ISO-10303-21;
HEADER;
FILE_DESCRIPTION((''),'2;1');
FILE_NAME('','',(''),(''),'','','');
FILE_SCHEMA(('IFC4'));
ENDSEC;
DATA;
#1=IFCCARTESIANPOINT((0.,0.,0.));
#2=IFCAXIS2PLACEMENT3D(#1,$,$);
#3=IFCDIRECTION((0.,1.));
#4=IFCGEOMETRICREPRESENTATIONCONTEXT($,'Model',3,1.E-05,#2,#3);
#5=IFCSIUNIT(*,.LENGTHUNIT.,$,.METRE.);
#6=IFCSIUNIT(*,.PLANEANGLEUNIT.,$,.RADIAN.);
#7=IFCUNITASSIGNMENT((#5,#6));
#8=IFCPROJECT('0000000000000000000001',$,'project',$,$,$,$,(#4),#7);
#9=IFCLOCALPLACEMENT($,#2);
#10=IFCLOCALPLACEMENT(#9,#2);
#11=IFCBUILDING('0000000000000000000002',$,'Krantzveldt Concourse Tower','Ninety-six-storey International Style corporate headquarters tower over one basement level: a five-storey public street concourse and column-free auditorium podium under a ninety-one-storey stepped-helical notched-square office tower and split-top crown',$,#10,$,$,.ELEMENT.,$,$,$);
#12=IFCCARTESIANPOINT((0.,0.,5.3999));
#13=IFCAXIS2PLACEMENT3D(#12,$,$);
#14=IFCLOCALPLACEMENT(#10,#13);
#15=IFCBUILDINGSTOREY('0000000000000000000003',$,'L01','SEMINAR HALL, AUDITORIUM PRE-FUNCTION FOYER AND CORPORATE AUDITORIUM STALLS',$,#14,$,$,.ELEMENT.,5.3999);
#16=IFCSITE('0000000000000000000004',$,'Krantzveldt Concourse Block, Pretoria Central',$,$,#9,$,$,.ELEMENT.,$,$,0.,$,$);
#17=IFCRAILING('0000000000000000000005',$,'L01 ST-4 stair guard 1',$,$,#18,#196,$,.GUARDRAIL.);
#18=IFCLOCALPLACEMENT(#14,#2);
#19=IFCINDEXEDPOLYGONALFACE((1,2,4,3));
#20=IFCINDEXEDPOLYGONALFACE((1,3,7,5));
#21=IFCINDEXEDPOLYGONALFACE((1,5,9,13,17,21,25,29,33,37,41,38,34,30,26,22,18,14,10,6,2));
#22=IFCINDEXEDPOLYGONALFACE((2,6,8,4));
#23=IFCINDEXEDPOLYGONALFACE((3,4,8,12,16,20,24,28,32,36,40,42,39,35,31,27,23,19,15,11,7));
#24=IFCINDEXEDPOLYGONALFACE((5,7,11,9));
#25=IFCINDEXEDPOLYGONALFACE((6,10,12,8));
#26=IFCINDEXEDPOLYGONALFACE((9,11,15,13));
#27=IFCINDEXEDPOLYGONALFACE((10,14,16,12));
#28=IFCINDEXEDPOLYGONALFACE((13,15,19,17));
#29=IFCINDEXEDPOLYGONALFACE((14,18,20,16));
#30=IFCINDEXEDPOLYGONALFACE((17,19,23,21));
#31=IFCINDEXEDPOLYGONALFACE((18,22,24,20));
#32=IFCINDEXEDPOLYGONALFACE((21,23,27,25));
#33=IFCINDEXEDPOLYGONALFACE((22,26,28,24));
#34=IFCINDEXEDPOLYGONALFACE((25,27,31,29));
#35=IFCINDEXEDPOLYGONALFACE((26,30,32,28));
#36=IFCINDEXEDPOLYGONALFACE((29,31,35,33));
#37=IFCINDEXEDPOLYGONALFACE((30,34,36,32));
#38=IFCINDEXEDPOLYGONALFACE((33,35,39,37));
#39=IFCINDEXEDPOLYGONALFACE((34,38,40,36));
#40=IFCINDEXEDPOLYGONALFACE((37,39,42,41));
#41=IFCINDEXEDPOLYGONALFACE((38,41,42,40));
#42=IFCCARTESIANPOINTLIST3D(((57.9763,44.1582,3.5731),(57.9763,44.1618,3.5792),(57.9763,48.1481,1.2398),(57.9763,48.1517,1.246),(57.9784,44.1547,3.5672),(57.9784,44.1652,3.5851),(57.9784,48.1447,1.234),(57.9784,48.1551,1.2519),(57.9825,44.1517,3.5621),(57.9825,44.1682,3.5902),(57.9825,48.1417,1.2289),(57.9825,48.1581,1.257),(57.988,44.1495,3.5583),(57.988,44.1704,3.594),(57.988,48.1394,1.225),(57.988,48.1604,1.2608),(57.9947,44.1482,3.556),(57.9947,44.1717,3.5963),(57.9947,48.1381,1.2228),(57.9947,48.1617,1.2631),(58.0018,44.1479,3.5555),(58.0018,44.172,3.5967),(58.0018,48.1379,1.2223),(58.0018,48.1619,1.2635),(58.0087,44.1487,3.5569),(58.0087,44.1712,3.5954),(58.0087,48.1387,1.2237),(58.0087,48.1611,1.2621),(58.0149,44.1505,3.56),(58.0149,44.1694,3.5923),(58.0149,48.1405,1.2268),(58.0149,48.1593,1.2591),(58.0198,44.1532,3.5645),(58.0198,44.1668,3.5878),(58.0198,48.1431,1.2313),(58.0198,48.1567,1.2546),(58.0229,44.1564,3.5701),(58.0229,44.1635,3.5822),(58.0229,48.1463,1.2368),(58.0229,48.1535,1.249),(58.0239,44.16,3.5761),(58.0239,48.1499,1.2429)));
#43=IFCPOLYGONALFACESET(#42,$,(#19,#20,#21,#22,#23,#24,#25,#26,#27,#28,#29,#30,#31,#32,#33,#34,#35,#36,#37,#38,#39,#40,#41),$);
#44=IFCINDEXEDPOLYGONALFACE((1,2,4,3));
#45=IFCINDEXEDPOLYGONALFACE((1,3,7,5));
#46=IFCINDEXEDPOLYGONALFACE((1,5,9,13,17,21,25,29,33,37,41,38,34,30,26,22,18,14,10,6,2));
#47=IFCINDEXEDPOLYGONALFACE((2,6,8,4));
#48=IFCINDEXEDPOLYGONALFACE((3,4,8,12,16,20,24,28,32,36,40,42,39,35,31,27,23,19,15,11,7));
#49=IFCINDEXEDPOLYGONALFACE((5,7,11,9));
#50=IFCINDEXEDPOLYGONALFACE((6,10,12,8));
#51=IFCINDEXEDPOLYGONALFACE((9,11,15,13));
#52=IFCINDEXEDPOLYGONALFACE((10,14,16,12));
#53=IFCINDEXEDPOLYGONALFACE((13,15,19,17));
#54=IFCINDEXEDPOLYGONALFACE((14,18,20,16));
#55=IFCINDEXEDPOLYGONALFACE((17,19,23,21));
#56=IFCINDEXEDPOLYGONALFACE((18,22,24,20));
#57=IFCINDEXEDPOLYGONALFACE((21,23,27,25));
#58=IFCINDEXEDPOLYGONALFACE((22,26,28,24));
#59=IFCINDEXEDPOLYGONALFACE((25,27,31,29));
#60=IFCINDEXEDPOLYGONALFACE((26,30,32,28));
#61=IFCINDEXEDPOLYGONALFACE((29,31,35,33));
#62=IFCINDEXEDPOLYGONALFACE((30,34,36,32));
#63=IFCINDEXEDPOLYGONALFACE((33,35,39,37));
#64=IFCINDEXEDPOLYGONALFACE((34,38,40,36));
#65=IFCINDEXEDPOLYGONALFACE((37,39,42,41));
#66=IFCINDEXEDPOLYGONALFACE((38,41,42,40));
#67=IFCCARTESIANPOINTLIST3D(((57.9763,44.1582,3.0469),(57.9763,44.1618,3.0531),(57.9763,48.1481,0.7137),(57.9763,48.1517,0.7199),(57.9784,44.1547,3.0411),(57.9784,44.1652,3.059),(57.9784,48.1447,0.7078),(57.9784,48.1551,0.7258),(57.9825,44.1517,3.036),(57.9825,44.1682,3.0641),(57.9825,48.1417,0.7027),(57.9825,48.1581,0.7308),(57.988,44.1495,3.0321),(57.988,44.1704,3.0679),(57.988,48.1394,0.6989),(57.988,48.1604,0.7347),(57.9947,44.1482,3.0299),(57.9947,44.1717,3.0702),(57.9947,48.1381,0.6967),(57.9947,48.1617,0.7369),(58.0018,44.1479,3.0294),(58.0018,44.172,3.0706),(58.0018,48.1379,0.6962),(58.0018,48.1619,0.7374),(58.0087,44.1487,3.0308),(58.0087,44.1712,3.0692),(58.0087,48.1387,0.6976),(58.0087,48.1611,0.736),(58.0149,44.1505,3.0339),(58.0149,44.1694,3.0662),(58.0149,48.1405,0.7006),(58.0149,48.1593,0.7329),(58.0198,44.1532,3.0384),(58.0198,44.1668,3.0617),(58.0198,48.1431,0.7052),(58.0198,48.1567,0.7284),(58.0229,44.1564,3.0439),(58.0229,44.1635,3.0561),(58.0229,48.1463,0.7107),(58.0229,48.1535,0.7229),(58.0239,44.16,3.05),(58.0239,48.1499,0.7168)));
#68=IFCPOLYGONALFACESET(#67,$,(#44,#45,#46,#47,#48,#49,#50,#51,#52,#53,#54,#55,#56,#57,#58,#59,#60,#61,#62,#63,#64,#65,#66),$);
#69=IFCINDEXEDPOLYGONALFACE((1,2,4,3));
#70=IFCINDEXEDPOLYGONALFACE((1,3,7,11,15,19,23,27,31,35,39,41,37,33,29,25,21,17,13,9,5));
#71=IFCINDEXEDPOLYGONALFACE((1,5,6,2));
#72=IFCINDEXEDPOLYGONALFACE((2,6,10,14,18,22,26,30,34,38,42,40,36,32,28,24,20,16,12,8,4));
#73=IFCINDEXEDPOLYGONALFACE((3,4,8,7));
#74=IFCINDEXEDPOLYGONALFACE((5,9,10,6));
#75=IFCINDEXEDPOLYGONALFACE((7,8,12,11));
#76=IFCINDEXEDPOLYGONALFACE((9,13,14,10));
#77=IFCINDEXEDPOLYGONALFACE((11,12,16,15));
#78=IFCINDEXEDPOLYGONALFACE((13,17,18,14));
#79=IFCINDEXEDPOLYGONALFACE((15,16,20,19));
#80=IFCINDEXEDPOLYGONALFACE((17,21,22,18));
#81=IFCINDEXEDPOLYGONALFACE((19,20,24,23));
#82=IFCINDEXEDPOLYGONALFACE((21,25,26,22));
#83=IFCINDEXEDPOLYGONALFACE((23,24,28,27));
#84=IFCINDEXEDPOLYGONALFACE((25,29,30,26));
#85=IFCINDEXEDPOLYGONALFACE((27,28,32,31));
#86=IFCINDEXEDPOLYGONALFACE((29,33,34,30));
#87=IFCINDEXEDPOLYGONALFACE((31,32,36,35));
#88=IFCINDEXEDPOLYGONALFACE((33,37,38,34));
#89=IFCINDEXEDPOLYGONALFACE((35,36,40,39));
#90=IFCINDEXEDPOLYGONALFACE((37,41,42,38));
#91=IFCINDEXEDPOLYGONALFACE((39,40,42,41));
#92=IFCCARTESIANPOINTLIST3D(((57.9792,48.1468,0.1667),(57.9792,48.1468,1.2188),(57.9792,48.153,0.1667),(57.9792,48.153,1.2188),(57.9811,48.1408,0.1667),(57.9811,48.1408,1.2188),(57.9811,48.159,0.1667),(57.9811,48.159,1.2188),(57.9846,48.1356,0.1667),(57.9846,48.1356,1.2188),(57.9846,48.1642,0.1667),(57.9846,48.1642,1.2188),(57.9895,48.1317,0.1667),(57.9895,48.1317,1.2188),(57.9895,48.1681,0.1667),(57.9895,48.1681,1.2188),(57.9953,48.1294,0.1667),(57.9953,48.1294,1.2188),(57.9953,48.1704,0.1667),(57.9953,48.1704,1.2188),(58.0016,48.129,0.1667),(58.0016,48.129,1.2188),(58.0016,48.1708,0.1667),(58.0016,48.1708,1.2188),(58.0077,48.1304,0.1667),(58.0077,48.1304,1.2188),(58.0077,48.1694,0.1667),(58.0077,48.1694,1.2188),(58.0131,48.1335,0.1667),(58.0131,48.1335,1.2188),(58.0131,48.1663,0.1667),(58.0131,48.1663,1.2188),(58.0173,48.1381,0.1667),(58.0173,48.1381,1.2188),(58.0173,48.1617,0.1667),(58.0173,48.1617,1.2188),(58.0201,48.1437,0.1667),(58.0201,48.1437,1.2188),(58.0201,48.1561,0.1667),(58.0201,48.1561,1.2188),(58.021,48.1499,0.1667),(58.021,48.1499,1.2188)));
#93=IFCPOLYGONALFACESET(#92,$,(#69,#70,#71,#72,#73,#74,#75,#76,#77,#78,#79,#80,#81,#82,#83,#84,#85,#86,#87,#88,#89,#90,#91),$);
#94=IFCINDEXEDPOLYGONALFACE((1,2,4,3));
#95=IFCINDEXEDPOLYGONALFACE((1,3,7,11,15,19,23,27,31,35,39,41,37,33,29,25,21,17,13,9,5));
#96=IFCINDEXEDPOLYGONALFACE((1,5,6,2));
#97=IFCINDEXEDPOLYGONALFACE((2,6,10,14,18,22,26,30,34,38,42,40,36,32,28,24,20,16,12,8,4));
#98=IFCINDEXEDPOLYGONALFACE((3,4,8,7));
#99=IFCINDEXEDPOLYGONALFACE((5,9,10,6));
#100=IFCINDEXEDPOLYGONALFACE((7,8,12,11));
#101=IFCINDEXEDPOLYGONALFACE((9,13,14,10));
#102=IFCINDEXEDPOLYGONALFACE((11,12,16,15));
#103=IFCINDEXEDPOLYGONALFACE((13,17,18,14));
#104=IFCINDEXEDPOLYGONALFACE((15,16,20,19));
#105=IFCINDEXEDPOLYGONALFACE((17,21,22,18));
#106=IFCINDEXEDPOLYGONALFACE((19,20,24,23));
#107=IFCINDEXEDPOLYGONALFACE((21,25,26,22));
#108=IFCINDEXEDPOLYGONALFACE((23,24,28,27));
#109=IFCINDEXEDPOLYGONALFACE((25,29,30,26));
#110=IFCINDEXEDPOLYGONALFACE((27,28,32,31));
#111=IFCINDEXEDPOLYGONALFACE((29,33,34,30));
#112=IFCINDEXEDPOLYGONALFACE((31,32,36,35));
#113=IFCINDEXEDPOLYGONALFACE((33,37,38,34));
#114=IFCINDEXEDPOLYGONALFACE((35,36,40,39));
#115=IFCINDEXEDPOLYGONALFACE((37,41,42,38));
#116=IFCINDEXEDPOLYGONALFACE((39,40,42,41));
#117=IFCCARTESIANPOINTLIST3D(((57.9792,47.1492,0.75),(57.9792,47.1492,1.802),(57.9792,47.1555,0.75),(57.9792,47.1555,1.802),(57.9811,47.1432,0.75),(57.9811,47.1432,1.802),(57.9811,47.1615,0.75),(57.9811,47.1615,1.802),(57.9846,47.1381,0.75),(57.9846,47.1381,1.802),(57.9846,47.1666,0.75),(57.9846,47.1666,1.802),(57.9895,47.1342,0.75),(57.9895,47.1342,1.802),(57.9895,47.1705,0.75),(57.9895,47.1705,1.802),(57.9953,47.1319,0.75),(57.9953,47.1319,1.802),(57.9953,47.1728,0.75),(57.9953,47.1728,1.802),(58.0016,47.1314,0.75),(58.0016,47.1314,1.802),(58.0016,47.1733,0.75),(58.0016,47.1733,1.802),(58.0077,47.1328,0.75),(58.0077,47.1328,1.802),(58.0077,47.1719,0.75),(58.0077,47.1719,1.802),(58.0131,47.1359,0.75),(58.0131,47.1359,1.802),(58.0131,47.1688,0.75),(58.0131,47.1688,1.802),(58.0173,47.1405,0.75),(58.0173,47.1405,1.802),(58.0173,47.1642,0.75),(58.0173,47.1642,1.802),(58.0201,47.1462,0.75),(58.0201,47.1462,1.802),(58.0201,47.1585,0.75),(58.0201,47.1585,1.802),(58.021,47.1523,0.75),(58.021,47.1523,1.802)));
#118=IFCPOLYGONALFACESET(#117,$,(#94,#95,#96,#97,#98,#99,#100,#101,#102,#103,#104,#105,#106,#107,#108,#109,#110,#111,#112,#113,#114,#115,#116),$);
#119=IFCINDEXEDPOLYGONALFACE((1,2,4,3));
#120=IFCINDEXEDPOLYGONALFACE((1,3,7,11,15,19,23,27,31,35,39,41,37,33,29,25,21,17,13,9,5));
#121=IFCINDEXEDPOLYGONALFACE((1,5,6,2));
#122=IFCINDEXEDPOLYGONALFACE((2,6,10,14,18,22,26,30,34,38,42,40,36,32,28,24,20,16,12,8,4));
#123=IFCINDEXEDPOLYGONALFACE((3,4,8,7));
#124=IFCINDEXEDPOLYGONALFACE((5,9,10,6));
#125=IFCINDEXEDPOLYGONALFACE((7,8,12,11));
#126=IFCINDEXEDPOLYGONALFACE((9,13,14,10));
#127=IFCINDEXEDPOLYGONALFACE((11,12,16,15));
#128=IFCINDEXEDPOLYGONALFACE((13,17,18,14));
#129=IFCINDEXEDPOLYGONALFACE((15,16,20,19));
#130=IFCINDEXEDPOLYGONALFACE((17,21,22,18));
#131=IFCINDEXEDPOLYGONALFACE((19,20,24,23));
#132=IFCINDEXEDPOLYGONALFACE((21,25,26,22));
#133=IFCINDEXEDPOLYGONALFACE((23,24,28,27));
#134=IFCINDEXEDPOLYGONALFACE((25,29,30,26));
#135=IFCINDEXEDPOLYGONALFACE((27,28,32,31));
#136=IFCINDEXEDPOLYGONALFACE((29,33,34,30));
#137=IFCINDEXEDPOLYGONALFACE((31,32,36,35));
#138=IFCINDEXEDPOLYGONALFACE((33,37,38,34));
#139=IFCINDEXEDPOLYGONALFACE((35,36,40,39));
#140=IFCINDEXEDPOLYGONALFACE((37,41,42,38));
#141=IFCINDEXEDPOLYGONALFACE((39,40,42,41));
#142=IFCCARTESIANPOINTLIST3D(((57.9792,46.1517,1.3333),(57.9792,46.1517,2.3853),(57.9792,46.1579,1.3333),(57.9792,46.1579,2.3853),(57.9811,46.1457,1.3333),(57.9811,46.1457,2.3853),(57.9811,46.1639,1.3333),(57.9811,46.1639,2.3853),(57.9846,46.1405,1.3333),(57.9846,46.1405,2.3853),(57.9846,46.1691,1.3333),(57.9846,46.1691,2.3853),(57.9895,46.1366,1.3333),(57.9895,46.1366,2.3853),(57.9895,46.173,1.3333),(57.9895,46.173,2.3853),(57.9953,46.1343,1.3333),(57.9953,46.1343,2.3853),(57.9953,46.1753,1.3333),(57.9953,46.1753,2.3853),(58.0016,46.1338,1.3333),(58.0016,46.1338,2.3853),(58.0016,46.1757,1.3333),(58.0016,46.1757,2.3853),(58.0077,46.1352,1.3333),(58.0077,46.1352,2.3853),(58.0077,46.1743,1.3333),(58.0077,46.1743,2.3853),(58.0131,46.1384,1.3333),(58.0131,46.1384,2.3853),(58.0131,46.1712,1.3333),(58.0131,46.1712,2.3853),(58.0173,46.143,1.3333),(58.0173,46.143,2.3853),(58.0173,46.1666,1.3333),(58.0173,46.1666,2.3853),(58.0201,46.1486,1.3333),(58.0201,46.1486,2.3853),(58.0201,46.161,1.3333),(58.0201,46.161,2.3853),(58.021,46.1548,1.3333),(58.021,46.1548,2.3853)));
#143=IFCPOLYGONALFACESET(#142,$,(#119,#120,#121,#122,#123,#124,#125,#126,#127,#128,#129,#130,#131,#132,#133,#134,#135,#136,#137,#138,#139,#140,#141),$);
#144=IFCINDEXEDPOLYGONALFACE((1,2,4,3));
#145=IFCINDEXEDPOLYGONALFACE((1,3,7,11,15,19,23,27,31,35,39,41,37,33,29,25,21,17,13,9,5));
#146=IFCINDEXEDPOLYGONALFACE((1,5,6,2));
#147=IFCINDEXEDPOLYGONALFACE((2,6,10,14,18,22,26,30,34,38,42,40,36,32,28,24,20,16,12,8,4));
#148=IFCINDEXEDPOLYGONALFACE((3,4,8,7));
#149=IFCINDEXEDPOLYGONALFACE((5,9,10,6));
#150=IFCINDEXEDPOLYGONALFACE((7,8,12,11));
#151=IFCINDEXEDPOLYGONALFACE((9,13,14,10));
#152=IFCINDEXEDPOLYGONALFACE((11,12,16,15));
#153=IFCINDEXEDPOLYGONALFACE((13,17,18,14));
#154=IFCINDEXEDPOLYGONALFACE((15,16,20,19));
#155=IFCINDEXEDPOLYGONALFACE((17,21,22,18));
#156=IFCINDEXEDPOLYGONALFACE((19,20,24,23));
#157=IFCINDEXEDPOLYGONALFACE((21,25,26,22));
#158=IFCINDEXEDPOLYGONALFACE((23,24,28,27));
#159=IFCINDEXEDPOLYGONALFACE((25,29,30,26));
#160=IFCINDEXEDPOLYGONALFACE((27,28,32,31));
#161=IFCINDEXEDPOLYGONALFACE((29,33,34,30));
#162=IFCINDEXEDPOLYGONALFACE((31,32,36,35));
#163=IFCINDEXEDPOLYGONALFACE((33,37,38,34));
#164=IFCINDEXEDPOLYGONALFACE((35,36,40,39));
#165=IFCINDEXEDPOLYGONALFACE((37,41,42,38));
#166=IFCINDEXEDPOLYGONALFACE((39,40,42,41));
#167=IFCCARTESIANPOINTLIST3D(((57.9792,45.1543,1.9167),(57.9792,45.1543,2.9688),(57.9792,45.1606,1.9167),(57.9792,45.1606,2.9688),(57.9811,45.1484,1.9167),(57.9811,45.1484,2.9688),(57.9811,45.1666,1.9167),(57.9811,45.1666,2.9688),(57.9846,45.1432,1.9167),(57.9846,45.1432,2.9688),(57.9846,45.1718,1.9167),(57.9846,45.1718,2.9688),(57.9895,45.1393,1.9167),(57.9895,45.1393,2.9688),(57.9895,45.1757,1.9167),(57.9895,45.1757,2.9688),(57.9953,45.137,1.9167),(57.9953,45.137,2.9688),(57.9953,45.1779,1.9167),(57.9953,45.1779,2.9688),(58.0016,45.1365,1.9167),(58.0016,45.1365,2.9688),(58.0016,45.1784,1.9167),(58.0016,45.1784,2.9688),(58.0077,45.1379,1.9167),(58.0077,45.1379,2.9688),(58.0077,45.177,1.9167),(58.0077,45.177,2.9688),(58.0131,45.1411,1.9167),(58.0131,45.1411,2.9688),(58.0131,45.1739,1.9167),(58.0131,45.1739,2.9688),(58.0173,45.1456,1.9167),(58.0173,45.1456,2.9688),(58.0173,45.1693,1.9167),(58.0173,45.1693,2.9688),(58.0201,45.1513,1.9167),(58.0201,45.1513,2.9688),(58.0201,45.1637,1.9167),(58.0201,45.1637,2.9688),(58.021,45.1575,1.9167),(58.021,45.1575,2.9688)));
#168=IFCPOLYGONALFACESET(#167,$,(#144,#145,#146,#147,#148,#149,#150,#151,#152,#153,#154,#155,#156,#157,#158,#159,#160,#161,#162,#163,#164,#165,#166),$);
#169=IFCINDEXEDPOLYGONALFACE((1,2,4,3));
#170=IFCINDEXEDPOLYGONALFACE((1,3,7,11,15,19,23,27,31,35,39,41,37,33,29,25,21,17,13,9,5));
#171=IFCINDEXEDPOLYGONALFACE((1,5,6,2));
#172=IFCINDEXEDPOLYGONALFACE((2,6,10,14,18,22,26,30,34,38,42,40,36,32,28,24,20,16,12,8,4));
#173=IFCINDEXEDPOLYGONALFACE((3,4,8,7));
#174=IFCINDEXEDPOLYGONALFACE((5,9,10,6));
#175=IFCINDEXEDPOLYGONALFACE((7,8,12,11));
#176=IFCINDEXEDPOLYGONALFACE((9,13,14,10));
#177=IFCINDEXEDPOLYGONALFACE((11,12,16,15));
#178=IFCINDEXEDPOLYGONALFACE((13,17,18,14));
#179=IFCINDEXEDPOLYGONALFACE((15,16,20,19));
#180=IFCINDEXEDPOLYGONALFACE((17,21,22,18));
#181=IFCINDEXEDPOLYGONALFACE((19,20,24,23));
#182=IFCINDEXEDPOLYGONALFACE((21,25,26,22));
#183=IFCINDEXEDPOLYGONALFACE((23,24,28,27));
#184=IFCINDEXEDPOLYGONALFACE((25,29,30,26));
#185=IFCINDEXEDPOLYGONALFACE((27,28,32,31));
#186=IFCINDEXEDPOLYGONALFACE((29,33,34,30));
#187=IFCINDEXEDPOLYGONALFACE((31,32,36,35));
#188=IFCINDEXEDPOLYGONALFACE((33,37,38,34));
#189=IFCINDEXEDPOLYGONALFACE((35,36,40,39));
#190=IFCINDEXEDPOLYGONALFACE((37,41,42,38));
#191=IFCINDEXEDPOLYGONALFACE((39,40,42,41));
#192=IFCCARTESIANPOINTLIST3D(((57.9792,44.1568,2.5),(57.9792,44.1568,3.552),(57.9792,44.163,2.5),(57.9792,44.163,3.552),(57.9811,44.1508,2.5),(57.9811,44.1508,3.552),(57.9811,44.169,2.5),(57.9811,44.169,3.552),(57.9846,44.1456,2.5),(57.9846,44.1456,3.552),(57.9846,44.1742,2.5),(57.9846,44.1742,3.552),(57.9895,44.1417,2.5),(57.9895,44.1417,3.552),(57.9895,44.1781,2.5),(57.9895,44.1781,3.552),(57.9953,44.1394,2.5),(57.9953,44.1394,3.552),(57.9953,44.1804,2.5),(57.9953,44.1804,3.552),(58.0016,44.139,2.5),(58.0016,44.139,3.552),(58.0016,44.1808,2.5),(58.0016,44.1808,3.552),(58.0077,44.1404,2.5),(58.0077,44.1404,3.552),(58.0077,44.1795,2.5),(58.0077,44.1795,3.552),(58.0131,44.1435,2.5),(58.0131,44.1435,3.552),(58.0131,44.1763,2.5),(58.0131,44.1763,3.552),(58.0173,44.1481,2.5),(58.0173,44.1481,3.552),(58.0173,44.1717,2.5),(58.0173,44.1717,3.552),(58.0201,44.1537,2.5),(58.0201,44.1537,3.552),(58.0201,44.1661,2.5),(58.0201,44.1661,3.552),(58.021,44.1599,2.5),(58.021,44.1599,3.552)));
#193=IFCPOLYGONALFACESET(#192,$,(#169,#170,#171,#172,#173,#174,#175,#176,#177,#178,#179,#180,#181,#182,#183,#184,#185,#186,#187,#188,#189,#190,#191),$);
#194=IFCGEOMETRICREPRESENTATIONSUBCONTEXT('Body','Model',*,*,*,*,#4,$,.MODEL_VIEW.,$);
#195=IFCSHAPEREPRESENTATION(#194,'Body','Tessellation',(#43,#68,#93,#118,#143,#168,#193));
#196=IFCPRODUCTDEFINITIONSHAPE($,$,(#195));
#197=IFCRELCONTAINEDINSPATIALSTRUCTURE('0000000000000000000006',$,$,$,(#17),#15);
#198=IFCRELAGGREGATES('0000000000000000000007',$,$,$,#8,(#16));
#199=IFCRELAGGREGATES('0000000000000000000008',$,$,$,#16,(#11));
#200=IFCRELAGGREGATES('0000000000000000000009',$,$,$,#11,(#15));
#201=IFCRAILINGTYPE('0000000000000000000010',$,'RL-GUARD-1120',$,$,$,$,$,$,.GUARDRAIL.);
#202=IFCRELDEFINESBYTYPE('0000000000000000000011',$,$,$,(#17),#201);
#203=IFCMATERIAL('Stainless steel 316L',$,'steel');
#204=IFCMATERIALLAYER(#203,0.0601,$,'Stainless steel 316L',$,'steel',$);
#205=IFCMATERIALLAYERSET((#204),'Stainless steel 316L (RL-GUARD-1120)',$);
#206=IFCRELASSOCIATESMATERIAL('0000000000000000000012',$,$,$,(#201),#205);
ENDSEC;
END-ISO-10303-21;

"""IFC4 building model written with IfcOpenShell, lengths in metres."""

from ifc_helpers import new_model, si_unit, direction, frame, origin, origin_2d, place, context, subcontext, project, spatial, circle, extrude, material, layer, layer_set, type_object, element, save


model = new_model("IFC4")

# Units and contexts
model_context = context("Model", 3, precision=1e-05, world=origin(), true_north=direction((0.0, 1.0)))
body_context = subcontext(model_context, "Body", "Model", "MODEL_VIEW")
ifc_project = project(units=[si_unit("LENGTHUNIT", "METRE"), si_unit("PLANEANGLEUNIT", "RADIAN")], contexts=[model_context])

# Site, building, storey
site_placement = place(None, origin())
site = spatial("IfcSite", under=ifc_project, at=site_placement, Name="Krantzveldt Concourse Block, Pretoria Central", CompositionType="ELEMENT", RefElevation=0.0)
building_placement = place(site_placement, origin())
building = spatial("IfcBuilding", under=site, at=building_placement, Name="Krantzveldt Concourse Tower", Description="Ninety-six-storey International Style corporate headquarters tower over one basement level: a five-storey public street concourse and column-free auditorium podium under a ninety-one-storey stepped-helical notched-square office tower and split-top crown", CompositionType="ELEMENT")
storey_placement = place(building_placement, frame((0.0, 0.0, 5.3999)))
storey = spatial("IfcBuildingStorey", under=building, at=storey_placement, Name="L01", Description="SEMINAR HALL, AUDITORIUM PRE-FUNCTION FOYER AND CORPORATE AUDITORIUM STALLS", CompositionType="ELEMENT", Elevation=5.3999)

# Railing
ifc_material_1 = material(Name="Stainless steel 316L", Category="steel")
ifc_layer_1 = layer(ifc_material_1, 0.0601, Name="Stainless steel 316L", Category="steel")
ifc_layer_set_1 = layer_set([ifc_layer_1], Name="Stainless steel 316L (RL-GUARD-1120)")
railing_type_1 = type_object("IfcRailingType", Name="RL-GUARD-1120", PredefinedType="GUARDRAIL", material=ifc_layer_set_1)
railing_1_placement = place(storey_placement, frame((58.0, 48.1499, 0.1667)))
element("IfcRailing", 1, at=railing_1_placement, inside=storey, type_object=railing_type_1, Name="L01 ST-4 stair guard 1", PredefinedType="GUARDRAIL", context=body_context, shape_type="SweptSolid", body=[
    extrude(circle(Radius=0.0239, at=origin_2d()), frame((0.0, 0.0, 1.0762), z_axis=(0.0, -0.863236, 0.5048), x_axis=(1.0, 0.0, 0.0)), (0.0, 0.0, 1.0), 4.6221),
    extrude(circle(Radius=0.0239, at=origin_2d()), frame((0.0, 0.0, 0.55), z_axis=(0.0, -0.863236, 0.5048), x_axis=(1.0, 0.0, 0.0)), (0.0, 0.0, 1.0), 4.6221),
    extrude(circle(Radius=0.021, at=origin_2d()), origin(), (0.0, 0.0, 1.0), 1.052),
    extrude(circle(Radius=0.021, at=origin_2d()), frame((0.0, -0.9976, 0.5833)), (0.0, 0.0, 1.0), 1.052),
    extrude(circle(Radius=0.021, at=origin_2d()), frame((0.0, -1.9951, 1.1665)), (0.0, 0.0, 1.0), 1.052),
    extrude(circle(Radius=0.021, at=origin_2d()), frame((0.0, -2.9924, 1.75)), (0.0, 0.0, 1.0), 1.052),
    extrude(circle(Radius=0.021, at=origin_2d()), frame((0.0, -3.99, 2.3333)), (0.0, 0.0, 1.0), 1.052),
])

save(model, "model.ifc")
